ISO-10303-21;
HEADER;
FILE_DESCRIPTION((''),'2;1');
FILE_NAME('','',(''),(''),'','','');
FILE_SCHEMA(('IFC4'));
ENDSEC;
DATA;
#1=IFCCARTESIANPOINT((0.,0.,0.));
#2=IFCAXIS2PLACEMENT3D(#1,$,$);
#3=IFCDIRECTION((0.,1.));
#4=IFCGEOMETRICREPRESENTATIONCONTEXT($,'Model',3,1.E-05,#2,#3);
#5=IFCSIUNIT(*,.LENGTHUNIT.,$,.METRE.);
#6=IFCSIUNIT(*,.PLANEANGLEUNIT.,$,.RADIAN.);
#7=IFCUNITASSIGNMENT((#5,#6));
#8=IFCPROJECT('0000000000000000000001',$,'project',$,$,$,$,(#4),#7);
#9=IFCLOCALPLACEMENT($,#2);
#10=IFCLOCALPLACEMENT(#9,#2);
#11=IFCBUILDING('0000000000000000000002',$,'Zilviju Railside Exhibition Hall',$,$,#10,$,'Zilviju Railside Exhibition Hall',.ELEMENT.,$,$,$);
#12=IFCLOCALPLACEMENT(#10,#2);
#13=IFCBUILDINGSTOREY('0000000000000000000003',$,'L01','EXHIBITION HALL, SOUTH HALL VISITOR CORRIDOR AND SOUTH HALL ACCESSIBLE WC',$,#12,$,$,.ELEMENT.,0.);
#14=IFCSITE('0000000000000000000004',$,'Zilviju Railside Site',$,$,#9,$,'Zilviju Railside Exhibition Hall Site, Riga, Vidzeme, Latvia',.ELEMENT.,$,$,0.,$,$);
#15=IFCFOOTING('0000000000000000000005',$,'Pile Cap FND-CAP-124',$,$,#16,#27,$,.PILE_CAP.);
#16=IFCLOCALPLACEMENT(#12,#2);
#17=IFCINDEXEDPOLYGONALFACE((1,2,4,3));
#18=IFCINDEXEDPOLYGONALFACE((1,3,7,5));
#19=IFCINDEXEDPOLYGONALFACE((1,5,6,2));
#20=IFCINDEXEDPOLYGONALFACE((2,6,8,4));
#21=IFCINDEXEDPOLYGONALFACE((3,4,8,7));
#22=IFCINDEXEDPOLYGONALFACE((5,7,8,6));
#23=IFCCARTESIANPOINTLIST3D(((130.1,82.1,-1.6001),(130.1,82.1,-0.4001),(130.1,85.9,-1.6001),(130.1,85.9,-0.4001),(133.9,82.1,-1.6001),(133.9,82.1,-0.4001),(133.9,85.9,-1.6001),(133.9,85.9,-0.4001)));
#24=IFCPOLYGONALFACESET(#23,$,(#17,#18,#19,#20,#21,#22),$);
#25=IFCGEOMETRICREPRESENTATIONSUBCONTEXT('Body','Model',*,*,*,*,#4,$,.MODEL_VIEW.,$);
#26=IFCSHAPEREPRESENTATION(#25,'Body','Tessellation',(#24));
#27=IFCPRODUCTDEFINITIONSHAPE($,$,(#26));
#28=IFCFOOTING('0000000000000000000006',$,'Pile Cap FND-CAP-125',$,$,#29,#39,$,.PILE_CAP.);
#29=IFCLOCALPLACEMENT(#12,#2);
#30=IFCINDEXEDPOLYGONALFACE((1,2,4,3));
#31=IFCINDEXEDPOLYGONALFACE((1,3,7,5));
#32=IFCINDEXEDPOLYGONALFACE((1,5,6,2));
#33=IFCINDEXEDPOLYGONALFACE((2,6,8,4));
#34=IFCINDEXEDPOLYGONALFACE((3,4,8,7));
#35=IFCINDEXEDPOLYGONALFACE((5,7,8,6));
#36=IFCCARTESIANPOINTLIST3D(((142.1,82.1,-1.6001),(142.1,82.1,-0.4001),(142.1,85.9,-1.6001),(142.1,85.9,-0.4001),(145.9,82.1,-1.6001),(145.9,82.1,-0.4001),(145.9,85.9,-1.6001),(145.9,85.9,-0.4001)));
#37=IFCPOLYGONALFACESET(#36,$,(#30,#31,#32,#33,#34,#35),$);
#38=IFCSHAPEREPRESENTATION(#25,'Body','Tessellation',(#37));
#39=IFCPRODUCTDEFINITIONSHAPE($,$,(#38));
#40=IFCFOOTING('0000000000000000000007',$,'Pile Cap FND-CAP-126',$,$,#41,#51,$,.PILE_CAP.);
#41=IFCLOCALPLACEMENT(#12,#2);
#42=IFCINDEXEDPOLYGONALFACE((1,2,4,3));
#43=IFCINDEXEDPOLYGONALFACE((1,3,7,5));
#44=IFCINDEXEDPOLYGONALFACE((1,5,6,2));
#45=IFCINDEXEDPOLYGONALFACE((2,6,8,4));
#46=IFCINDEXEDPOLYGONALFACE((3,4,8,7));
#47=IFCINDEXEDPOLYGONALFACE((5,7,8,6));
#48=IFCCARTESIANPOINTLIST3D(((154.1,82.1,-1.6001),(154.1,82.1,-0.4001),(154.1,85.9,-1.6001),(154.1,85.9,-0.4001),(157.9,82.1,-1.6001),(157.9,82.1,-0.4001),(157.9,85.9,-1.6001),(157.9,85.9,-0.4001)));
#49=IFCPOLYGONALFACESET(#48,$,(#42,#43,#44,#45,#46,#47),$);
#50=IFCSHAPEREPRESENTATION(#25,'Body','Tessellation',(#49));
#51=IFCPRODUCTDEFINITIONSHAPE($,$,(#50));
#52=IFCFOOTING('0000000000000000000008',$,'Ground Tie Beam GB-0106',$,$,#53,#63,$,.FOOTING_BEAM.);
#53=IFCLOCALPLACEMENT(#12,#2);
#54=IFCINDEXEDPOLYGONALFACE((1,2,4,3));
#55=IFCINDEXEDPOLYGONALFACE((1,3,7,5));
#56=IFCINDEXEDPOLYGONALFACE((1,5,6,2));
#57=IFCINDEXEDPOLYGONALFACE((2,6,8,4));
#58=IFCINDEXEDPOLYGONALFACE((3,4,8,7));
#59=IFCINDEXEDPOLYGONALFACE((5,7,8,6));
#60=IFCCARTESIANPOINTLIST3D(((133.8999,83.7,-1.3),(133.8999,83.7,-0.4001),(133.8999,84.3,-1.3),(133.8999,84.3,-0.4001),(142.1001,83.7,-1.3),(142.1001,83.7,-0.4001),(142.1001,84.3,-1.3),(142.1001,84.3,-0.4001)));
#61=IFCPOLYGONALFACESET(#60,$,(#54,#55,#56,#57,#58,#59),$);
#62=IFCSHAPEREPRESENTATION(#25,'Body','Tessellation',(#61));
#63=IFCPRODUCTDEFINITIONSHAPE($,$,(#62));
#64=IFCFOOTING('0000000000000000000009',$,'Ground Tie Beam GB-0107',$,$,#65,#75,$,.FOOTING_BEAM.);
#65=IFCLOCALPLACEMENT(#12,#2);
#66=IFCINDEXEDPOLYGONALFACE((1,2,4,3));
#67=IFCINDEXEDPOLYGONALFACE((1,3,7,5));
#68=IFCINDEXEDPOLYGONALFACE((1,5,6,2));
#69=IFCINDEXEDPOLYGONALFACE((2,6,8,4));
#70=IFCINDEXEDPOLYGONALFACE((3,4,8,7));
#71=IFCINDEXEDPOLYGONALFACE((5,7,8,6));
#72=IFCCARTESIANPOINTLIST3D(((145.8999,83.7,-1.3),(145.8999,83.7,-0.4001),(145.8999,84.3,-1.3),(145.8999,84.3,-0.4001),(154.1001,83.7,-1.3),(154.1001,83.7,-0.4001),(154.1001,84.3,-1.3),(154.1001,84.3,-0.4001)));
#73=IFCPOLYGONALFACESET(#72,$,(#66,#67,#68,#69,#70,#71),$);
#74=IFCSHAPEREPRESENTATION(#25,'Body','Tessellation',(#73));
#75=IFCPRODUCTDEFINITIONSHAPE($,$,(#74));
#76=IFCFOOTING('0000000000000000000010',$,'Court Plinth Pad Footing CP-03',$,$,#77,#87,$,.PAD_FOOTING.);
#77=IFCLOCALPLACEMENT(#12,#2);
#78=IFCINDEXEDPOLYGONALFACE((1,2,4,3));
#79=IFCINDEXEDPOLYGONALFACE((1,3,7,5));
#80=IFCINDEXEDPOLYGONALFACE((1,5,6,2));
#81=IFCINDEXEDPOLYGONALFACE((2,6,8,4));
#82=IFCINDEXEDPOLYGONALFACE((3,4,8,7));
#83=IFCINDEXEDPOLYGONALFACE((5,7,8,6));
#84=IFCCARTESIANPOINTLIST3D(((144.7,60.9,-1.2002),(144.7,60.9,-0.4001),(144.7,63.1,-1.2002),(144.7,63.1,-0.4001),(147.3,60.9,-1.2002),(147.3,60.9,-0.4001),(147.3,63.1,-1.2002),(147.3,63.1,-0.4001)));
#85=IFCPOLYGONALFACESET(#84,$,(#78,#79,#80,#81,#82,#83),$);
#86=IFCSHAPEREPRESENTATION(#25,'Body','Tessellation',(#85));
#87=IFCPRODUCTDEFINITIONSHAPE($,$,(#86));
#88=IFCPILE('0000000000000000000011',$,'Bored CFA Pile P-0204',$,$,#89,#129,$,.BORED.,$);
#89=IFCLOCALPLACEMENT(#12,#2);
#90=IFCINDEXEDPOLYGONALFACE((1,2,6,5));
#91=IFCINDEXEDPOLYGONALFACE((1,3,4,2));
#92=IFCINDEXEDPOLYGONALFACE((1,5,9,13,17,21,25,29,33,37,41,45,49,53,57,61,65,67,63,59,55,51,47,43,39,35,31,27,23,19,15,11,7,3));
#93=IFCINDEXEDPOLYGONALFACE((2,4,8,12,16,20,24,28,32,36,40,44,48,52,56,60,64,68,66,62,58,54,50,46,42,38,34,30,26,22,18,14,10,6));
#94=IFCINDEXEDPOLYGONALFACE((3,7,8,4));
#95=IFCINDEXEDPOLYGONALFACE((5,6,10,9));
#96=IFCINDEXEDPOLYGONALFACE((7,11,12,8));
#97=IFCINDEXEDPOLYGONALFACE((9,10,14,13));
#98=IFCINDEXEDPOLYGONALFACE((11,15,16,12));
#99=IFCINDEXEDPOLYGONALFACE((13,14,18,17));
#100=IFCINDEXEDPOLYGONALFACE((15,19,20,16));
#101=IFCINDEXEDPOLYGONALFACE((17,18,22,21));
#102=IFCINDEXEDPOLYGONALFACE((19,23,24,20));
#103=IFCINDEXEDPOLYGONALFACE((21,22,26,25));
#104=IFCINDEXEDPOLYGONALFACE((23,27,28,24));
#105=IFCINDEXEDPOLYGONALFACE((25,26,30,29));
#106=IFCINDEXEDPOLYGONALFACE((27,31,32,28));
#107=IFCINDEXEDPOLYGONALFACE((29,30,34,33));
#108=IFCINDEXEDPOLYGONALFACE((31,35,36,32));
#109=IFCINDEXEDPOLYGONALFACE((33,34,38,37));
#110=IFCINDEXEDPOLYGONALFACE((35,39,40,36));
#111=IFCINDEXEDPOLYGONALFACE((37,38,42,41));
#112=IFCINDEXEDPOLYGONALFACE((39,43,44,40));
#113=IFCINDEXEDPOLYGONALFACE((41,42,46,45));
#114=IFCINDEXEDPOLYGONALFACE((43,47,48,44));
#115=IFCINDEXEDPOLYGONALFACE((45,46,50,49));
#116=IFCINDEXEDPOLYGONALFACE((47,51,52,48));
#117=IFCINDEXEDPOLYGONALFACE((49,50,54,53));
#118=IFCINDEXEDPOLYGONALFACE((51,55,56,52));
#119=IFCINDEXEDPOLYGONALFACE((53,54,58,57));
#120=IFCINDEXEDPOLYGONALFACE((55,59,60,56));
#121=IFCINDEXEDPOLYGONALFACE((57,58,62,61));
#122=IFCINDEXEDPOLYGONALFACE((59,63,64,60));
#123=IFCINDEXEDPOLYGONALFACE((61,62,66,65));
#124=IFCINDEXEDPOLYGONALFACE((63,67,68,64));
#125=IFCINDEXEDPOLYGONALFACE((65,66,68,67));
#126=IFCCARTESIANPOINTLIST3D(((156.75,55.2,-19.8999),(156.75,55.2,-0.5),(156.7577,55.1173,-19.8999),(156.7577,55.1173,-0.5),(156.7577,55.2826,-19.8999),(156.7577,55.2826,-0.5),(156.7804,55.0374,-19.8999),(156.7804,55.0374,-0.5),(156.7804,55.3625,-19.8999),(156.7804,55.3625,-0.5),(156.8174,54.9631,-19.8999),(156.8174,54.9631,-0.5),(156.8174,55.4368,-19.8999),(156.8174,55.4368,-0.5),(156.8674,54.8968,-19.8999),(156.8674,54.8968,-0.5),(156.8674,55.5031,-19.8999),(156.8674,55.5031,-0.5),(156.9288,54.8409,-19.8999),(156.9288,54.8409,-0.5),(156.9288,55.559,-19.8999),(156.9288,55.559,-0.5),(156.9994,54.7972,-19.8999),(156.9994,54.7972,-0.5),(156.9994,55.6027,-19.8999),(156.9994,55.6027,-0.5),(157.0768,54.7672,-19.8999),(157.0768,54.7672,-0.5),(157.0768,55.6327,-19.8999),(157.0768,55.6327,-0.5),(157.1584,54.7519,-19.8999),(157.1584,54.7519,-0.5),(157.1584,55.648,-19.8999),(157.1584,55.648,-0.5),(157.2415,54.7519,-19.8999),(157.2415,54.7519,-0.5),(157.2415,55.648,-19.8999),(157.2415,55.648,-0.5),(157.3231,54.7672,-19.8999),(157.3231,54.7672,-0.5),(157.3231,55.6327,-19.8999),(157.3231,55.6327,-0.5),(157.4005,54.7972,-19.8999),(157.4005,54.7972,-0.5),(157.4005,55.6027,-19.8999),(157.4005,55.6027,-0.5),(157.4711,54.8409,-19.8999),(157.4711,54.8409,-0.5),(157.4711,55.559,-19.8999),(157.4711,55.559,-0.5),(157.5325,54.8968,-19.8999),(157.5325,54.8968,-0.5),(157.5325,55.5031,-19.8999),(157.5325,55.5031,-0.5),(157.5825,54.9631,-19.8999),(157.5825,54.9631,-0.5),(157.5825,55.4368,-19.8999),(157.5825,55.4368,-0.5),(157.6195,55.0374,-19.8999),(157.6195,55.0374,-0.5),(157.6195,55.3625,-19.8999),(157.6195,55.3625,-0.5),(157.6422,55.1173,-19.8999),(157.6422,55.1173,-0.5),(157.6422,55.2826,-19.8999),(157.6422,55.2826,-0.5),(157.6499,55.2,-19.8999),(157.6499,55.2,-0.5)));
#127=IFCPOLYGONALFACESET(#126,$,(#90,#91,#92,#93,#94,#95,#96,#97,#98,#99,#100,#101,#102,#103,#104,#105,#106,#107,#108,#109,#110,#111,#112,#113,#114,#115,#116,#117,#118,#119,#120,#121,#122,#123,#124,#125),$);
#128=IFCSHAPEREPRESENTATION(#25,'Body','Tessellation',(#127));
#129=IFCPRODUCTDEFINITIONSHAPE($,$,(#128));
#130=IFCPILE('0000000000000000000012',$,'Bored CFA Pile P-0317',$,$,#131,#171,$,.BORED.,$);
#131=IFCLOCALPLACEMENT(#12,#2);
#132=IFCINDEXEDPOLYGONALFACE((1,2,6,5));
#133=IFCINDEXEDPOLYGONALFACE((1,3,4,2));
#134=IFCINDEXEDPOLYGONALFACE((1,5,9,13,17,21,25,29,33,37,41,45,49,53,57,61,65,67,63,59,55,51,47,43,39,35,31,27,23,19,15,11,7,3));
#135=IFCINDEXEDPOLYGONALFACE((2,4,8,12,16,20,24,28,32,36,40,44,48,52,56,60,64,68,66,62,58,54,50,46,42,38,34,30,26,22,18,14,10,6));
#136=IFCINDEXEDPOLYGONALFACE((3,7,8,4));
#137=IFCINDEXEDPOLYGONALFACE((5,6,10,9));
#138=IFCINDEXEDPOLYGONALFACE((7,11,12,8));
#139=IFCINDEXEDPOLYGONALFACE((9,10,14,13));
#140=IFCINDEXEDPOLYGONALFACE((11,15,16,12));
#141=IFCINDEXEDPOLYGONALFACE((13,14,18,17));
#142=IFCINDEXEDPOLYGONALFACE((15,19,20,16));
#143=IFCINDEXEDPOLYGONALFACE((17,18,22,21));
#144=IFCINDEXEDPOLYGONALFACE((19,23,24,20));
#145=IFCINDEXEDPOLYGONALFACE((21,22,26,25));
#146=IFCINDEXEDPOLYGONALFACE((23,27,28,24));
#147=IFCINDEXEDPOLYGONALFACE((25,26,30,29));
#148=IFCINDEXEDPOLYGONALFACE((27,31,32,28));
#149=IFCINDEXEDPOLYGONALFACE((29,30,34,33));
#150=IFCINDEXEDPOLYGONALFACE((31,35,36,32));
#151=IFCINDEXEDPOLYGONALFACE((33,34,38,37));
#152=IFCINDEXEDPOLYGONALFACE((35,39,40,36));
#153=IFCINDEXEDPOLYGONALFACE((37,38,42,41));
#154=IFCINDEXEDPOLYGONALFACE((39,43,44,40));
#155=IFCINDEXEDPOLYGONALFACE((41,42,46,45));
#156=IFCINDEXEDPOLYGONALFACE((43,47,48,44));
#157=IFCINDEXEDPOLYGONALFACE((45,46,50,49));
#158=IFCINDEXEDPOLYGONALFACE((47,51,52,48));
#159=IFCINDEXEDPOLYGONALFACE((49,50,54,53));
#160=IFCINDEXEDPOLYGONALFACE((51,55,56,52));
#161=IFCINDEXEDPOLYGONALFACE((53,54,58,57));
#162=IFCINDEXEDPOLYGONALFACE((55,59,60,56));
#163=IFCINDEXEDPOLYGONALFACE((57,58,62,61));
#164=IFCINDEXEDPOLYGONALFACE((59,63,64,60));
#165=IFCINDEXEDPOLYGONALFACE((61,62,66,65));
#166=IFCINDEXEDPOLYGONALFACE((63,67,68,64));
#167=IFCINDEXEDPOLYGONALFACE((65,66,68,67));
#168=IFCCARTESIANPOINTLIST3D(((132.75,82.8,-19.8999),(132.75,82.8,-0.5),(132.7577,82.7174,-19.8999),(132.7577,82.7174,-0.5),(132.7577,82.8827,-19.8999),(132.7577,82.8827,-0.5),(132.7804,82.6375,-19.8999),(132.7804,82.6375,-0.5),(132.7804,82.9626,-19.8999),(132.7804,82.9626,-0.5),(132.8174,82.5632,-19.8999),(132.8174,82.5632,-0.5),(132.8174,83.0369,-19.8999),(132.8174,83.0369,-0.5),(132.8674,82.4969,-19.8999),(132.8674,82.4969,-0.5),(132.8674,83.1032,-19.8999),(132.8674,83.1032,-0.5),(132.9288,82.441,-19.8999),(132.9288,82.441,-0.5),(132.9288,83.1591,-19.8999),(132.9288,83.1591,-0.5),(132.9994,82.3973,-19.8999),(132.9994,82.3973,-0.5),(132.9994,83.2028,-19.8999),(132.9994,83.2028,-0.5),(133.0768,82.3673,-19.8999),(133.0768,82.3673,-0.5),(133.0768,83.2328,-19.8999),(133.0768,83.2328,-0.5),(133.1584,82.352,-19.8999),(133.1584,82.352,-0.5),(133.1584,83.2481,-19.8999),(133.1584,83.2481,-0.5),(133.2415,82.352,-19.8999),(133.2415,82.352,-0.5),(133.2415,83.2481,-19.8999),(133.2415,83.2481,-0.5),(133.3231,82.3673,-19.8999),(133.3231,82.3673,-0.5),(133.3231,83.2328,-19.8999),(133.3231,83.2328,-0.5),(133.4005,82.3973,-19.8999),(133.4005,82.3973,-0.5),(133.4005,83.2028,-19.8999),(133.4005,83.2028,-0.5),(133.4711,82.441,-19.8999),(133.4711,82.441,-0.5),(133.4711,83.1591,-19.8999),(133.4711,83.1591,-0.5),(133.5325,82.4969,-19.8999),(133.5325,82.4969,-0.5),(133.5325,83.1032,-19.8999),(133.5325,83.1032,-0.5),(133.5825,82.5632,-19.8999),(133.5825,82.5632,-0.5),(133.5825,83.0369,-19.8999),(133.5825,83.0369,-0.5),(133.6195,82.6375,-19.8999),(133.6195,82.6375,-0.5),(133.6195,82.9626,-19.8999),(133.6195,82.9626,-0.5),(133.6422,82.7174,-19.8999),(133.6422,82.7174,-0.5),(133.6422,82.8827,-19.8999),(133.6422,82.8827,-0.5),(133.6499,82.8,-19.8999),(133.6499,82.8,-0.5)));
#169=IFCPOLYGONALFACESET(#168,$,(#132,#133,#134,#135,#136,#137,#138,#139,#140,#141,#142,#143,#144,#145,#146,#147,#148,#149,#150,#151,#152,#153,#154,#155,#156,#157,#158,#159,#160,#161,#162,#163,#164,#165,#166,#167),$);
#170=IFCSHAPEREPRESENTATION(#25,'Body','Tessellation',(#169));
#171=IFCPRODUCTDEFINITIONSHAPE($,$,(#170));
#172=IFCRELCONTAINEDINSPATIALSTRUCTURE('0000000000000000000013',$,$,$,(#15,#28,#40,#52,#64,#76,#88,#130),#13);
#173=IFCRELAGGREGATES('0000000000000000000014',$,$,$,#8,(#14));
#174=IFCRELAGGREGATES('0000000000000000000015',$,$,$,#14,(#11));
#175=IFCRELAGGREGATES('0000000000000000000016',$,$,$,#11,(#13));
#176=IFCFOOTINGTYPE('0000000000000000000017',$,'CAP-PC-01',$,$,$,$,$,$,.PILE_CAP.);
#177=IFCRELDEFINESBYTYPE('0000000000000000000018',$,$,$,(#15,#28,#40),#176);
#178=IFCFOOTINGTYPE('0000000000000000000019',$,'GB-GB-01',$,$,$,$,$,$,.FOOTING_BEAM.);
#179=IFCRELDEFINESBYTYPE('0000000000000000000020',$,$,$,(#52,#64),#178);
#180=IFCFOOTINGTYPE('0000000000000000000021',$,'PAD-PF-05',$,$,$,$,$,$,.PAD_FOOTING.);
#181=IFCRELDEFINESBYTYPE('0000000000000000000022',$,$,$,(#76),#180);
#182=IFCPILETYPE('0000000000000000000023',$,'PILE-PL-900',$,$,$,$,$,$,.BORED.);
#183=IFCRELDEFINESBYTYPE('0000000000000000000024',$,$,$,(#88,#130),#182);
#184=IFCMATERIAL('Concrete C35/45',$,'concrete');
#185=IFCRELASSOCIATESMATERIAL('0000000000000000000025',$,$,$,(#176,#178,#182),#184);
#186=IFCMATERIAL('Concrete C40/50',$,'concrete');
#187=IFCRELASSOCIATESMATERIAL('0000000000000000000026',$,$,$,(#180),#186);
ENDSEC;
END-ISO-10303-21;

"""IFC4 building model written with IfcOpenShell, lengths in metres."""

from ifc_helpers import new_model, si_unit, direction, frame, origin, origin_2d, place, context, subcontext, project, spatial, rectangle, circle, extrude, material, material_profile, profile_set, type_object, element, save


model = new_model("IFC4")

# Units and contexts
model_context = context("Model", 3, precision=1e-05, world=origin(), true_north=direction((0.0, 1.0)))
body_context = subcontext(model_context, "Body", "Model", "MODEL_VIEW")
ifc_project = project(units=[si_unit("LENGTHUNIT", "METRE"), si_unit("PLANEANGLEUNIT", "RADIAN")], contexts=[model_context])

# Site, building, storey
site_placement = place(None, origin())
site = spatial("IfcSite", under=ifc_project, at=site_placement, Name="Zilviju Railside Site", LongName="Zilviju Railside Exhibition Hall Site, Riga, Vidzeme, Latvia", CompositionType="ELEMENT", RefElevation=0.0)
building_placement = place(site_placement, origin())
building = spatial("IfcBuilding", under=site, at=building_placement, Name="Zilviju Railside Exhibition Hall", LongName="Zilviju Railside Exhibition Hall", CompositionType="ELEMENT")
storey_placement = place(building_placement, origin())
storey = spatial("IfcBuildingStorey", under=building, at=storey_placement, Name="L01", Description="EXHIBITION HALL, SOUTH HALL VISITOR CORRIDOR AND SOUTH HALL ACCESSIBLE WC", CompositionType="ELEMENT", Elevation=0.0)

# Footings
ifc_material_1 = material(Name="Concrete C35/45", Category="concrete")
footing_type_1 = type_object("IfcFootingType", Name="CAP-PC-01", PredefinedType="PILE_CAP", material=ifc_material_1)
for number, where, z_axis, x_axis, name in (
    (1, (132.0, 84.0, -1.6001), (0.0, 0.0, 1.0), (1.0, 0.0, 0.0), "Pile Cap FND-CAP-124"),
    (2, (144.0, 84.0, -1.6001), (0.0, 0.0, 1.0), (1.0, 0.0, 0.0), "Pile Cap FND-CAP-125"),
    (3, (156.0, 84.0, -1.6001), (0.0, 0.0, 1.0), (1.0, 0.0, 0.0), "Pile Cap FND-CAP-126"),
):
    element("IfcFooting", number, at=place(storey_placement, frame(where, z_axis=z_axis, x_axis=x_axis)), inside=storey, type_object=footing_type_1, Name=name, PredefinedType="PILE_CAP", context=body_context, shape_type="SweptSolid", body=[
        extrude(rectangle(XDim=3.8, YDim=3.8, at=origin_2d()), origin(), (0.0, 0.0, 1.0), 1.2),
    ])
ifc_material_profile_1 = material_profile(ifc_material_1, rectangle(XDim=0.6001, YDim=0.8999, at=origin_2d()), Name="TIE BEAM 600x900")
ifc_profile_set_1 = profile_set([ifc_material_profile_1], Name="Concrete C35/45")
footing_type_2 = type_object("IfcFootingType", Name="GB-GB-01", PredefinedType="FOOTING_BEAM", material=ifc_profile_set_1)
for number, where, z_axis, x_axis, name in (
    (4, (133.8999, 84.0, -0.8501), (1.0, 0.0, 0.0), (0.0, 1.0, 0.0), "Ground Tie Beam GB-0106"),
    (5, (145.8999, 84.0, -0.8501), (1.0, 0.0, 0.0), (0.0, 1.0, 0.0), "Ground Tie Beam GB-0107"),
):
    element("IfcFooting", number, at=place(storey_placement, frame(where, z_axis=z_axis, x_axis=x_axis)), inside=storey, type_object=footing_type_2, Name=name, PredefinedType="FOOTING_BEAM", context=body_context, shape_type="SweptSolid", body=[
        extrude(rectangle(XDim=0.6001, YDim=0.8999, at=origin_2d()), origin(), (0.0, 0.0, 1.0), 8.2002),
    ])
ifc_material_2 = material(Name="Concrete C40/50", Category="concrete")
footing_type_3 = type_object("IfcFootingType", Name="PAD-PF-05", PredefinedType="PAD_FOOTING", material=ifc_material_2)
footing_placement = place(storey_placement, frame((146.0, 62.0, -1.2002), z_axis=(0.0, 0.0, 1.0), x_axis=(1.0, 0.0, 0.0)))
element("IfcFooting", 6, at=footing_placement, inside=storey, type_object=footing_type_3, Name="Court Plinth Pad Footing CP-03", PredefinedType="PAD_FOOTING", context=body_context, shape_type="SweptSolid", body=[
    extrude(rectangle(XDim=2.6001, YDim=2.2, at=origin_2d()), origin(), (0.0, 0.0, 1.0), 0.8),
])

# Piles
ifc_material_profile_2 = material_profile(ifc_material_1, circle(Radius=0.45, at=origin_2d()), Name="CFA PILE D900")
ifc_profile_set_2 = profile_set([ifc_material_profile_2], Name="Concrete C35/45")
pile_type = type_object("IfcPileType", Name="PILE-PL-900", PredefinedType="BORED", material=ifc_profile_set_2)
for number, where, z_axis, x_axis, name in (
    (7, (157.2, 55.2, -0.5), (0.0, 0.0, -1.0), (1.0, 0.0, 0.0), "Bored CFA Pile P-0204"),
    (8, (133.2, 82.8, -0.5), (0.0, 0.0, -1.0), (1.0, 0.0, 0.0), "Bored CFA Pile P-0317"),
):
    element("IfcPile", number, at=place(storey_placement, frame(where, z_axis=z_axis, x_axis=x_axis)), inside=storey, type_object=pile_type, Name=name, PredefinedType="BORED", context=body_context, shape_type="SweptSolid", body=[
        extrude(circle(Radius=0.45, at=origin_2d()), origin(), (0.0, 0.0, 1.0), 19.3999),
    ])

save(model, "model.ifc")
